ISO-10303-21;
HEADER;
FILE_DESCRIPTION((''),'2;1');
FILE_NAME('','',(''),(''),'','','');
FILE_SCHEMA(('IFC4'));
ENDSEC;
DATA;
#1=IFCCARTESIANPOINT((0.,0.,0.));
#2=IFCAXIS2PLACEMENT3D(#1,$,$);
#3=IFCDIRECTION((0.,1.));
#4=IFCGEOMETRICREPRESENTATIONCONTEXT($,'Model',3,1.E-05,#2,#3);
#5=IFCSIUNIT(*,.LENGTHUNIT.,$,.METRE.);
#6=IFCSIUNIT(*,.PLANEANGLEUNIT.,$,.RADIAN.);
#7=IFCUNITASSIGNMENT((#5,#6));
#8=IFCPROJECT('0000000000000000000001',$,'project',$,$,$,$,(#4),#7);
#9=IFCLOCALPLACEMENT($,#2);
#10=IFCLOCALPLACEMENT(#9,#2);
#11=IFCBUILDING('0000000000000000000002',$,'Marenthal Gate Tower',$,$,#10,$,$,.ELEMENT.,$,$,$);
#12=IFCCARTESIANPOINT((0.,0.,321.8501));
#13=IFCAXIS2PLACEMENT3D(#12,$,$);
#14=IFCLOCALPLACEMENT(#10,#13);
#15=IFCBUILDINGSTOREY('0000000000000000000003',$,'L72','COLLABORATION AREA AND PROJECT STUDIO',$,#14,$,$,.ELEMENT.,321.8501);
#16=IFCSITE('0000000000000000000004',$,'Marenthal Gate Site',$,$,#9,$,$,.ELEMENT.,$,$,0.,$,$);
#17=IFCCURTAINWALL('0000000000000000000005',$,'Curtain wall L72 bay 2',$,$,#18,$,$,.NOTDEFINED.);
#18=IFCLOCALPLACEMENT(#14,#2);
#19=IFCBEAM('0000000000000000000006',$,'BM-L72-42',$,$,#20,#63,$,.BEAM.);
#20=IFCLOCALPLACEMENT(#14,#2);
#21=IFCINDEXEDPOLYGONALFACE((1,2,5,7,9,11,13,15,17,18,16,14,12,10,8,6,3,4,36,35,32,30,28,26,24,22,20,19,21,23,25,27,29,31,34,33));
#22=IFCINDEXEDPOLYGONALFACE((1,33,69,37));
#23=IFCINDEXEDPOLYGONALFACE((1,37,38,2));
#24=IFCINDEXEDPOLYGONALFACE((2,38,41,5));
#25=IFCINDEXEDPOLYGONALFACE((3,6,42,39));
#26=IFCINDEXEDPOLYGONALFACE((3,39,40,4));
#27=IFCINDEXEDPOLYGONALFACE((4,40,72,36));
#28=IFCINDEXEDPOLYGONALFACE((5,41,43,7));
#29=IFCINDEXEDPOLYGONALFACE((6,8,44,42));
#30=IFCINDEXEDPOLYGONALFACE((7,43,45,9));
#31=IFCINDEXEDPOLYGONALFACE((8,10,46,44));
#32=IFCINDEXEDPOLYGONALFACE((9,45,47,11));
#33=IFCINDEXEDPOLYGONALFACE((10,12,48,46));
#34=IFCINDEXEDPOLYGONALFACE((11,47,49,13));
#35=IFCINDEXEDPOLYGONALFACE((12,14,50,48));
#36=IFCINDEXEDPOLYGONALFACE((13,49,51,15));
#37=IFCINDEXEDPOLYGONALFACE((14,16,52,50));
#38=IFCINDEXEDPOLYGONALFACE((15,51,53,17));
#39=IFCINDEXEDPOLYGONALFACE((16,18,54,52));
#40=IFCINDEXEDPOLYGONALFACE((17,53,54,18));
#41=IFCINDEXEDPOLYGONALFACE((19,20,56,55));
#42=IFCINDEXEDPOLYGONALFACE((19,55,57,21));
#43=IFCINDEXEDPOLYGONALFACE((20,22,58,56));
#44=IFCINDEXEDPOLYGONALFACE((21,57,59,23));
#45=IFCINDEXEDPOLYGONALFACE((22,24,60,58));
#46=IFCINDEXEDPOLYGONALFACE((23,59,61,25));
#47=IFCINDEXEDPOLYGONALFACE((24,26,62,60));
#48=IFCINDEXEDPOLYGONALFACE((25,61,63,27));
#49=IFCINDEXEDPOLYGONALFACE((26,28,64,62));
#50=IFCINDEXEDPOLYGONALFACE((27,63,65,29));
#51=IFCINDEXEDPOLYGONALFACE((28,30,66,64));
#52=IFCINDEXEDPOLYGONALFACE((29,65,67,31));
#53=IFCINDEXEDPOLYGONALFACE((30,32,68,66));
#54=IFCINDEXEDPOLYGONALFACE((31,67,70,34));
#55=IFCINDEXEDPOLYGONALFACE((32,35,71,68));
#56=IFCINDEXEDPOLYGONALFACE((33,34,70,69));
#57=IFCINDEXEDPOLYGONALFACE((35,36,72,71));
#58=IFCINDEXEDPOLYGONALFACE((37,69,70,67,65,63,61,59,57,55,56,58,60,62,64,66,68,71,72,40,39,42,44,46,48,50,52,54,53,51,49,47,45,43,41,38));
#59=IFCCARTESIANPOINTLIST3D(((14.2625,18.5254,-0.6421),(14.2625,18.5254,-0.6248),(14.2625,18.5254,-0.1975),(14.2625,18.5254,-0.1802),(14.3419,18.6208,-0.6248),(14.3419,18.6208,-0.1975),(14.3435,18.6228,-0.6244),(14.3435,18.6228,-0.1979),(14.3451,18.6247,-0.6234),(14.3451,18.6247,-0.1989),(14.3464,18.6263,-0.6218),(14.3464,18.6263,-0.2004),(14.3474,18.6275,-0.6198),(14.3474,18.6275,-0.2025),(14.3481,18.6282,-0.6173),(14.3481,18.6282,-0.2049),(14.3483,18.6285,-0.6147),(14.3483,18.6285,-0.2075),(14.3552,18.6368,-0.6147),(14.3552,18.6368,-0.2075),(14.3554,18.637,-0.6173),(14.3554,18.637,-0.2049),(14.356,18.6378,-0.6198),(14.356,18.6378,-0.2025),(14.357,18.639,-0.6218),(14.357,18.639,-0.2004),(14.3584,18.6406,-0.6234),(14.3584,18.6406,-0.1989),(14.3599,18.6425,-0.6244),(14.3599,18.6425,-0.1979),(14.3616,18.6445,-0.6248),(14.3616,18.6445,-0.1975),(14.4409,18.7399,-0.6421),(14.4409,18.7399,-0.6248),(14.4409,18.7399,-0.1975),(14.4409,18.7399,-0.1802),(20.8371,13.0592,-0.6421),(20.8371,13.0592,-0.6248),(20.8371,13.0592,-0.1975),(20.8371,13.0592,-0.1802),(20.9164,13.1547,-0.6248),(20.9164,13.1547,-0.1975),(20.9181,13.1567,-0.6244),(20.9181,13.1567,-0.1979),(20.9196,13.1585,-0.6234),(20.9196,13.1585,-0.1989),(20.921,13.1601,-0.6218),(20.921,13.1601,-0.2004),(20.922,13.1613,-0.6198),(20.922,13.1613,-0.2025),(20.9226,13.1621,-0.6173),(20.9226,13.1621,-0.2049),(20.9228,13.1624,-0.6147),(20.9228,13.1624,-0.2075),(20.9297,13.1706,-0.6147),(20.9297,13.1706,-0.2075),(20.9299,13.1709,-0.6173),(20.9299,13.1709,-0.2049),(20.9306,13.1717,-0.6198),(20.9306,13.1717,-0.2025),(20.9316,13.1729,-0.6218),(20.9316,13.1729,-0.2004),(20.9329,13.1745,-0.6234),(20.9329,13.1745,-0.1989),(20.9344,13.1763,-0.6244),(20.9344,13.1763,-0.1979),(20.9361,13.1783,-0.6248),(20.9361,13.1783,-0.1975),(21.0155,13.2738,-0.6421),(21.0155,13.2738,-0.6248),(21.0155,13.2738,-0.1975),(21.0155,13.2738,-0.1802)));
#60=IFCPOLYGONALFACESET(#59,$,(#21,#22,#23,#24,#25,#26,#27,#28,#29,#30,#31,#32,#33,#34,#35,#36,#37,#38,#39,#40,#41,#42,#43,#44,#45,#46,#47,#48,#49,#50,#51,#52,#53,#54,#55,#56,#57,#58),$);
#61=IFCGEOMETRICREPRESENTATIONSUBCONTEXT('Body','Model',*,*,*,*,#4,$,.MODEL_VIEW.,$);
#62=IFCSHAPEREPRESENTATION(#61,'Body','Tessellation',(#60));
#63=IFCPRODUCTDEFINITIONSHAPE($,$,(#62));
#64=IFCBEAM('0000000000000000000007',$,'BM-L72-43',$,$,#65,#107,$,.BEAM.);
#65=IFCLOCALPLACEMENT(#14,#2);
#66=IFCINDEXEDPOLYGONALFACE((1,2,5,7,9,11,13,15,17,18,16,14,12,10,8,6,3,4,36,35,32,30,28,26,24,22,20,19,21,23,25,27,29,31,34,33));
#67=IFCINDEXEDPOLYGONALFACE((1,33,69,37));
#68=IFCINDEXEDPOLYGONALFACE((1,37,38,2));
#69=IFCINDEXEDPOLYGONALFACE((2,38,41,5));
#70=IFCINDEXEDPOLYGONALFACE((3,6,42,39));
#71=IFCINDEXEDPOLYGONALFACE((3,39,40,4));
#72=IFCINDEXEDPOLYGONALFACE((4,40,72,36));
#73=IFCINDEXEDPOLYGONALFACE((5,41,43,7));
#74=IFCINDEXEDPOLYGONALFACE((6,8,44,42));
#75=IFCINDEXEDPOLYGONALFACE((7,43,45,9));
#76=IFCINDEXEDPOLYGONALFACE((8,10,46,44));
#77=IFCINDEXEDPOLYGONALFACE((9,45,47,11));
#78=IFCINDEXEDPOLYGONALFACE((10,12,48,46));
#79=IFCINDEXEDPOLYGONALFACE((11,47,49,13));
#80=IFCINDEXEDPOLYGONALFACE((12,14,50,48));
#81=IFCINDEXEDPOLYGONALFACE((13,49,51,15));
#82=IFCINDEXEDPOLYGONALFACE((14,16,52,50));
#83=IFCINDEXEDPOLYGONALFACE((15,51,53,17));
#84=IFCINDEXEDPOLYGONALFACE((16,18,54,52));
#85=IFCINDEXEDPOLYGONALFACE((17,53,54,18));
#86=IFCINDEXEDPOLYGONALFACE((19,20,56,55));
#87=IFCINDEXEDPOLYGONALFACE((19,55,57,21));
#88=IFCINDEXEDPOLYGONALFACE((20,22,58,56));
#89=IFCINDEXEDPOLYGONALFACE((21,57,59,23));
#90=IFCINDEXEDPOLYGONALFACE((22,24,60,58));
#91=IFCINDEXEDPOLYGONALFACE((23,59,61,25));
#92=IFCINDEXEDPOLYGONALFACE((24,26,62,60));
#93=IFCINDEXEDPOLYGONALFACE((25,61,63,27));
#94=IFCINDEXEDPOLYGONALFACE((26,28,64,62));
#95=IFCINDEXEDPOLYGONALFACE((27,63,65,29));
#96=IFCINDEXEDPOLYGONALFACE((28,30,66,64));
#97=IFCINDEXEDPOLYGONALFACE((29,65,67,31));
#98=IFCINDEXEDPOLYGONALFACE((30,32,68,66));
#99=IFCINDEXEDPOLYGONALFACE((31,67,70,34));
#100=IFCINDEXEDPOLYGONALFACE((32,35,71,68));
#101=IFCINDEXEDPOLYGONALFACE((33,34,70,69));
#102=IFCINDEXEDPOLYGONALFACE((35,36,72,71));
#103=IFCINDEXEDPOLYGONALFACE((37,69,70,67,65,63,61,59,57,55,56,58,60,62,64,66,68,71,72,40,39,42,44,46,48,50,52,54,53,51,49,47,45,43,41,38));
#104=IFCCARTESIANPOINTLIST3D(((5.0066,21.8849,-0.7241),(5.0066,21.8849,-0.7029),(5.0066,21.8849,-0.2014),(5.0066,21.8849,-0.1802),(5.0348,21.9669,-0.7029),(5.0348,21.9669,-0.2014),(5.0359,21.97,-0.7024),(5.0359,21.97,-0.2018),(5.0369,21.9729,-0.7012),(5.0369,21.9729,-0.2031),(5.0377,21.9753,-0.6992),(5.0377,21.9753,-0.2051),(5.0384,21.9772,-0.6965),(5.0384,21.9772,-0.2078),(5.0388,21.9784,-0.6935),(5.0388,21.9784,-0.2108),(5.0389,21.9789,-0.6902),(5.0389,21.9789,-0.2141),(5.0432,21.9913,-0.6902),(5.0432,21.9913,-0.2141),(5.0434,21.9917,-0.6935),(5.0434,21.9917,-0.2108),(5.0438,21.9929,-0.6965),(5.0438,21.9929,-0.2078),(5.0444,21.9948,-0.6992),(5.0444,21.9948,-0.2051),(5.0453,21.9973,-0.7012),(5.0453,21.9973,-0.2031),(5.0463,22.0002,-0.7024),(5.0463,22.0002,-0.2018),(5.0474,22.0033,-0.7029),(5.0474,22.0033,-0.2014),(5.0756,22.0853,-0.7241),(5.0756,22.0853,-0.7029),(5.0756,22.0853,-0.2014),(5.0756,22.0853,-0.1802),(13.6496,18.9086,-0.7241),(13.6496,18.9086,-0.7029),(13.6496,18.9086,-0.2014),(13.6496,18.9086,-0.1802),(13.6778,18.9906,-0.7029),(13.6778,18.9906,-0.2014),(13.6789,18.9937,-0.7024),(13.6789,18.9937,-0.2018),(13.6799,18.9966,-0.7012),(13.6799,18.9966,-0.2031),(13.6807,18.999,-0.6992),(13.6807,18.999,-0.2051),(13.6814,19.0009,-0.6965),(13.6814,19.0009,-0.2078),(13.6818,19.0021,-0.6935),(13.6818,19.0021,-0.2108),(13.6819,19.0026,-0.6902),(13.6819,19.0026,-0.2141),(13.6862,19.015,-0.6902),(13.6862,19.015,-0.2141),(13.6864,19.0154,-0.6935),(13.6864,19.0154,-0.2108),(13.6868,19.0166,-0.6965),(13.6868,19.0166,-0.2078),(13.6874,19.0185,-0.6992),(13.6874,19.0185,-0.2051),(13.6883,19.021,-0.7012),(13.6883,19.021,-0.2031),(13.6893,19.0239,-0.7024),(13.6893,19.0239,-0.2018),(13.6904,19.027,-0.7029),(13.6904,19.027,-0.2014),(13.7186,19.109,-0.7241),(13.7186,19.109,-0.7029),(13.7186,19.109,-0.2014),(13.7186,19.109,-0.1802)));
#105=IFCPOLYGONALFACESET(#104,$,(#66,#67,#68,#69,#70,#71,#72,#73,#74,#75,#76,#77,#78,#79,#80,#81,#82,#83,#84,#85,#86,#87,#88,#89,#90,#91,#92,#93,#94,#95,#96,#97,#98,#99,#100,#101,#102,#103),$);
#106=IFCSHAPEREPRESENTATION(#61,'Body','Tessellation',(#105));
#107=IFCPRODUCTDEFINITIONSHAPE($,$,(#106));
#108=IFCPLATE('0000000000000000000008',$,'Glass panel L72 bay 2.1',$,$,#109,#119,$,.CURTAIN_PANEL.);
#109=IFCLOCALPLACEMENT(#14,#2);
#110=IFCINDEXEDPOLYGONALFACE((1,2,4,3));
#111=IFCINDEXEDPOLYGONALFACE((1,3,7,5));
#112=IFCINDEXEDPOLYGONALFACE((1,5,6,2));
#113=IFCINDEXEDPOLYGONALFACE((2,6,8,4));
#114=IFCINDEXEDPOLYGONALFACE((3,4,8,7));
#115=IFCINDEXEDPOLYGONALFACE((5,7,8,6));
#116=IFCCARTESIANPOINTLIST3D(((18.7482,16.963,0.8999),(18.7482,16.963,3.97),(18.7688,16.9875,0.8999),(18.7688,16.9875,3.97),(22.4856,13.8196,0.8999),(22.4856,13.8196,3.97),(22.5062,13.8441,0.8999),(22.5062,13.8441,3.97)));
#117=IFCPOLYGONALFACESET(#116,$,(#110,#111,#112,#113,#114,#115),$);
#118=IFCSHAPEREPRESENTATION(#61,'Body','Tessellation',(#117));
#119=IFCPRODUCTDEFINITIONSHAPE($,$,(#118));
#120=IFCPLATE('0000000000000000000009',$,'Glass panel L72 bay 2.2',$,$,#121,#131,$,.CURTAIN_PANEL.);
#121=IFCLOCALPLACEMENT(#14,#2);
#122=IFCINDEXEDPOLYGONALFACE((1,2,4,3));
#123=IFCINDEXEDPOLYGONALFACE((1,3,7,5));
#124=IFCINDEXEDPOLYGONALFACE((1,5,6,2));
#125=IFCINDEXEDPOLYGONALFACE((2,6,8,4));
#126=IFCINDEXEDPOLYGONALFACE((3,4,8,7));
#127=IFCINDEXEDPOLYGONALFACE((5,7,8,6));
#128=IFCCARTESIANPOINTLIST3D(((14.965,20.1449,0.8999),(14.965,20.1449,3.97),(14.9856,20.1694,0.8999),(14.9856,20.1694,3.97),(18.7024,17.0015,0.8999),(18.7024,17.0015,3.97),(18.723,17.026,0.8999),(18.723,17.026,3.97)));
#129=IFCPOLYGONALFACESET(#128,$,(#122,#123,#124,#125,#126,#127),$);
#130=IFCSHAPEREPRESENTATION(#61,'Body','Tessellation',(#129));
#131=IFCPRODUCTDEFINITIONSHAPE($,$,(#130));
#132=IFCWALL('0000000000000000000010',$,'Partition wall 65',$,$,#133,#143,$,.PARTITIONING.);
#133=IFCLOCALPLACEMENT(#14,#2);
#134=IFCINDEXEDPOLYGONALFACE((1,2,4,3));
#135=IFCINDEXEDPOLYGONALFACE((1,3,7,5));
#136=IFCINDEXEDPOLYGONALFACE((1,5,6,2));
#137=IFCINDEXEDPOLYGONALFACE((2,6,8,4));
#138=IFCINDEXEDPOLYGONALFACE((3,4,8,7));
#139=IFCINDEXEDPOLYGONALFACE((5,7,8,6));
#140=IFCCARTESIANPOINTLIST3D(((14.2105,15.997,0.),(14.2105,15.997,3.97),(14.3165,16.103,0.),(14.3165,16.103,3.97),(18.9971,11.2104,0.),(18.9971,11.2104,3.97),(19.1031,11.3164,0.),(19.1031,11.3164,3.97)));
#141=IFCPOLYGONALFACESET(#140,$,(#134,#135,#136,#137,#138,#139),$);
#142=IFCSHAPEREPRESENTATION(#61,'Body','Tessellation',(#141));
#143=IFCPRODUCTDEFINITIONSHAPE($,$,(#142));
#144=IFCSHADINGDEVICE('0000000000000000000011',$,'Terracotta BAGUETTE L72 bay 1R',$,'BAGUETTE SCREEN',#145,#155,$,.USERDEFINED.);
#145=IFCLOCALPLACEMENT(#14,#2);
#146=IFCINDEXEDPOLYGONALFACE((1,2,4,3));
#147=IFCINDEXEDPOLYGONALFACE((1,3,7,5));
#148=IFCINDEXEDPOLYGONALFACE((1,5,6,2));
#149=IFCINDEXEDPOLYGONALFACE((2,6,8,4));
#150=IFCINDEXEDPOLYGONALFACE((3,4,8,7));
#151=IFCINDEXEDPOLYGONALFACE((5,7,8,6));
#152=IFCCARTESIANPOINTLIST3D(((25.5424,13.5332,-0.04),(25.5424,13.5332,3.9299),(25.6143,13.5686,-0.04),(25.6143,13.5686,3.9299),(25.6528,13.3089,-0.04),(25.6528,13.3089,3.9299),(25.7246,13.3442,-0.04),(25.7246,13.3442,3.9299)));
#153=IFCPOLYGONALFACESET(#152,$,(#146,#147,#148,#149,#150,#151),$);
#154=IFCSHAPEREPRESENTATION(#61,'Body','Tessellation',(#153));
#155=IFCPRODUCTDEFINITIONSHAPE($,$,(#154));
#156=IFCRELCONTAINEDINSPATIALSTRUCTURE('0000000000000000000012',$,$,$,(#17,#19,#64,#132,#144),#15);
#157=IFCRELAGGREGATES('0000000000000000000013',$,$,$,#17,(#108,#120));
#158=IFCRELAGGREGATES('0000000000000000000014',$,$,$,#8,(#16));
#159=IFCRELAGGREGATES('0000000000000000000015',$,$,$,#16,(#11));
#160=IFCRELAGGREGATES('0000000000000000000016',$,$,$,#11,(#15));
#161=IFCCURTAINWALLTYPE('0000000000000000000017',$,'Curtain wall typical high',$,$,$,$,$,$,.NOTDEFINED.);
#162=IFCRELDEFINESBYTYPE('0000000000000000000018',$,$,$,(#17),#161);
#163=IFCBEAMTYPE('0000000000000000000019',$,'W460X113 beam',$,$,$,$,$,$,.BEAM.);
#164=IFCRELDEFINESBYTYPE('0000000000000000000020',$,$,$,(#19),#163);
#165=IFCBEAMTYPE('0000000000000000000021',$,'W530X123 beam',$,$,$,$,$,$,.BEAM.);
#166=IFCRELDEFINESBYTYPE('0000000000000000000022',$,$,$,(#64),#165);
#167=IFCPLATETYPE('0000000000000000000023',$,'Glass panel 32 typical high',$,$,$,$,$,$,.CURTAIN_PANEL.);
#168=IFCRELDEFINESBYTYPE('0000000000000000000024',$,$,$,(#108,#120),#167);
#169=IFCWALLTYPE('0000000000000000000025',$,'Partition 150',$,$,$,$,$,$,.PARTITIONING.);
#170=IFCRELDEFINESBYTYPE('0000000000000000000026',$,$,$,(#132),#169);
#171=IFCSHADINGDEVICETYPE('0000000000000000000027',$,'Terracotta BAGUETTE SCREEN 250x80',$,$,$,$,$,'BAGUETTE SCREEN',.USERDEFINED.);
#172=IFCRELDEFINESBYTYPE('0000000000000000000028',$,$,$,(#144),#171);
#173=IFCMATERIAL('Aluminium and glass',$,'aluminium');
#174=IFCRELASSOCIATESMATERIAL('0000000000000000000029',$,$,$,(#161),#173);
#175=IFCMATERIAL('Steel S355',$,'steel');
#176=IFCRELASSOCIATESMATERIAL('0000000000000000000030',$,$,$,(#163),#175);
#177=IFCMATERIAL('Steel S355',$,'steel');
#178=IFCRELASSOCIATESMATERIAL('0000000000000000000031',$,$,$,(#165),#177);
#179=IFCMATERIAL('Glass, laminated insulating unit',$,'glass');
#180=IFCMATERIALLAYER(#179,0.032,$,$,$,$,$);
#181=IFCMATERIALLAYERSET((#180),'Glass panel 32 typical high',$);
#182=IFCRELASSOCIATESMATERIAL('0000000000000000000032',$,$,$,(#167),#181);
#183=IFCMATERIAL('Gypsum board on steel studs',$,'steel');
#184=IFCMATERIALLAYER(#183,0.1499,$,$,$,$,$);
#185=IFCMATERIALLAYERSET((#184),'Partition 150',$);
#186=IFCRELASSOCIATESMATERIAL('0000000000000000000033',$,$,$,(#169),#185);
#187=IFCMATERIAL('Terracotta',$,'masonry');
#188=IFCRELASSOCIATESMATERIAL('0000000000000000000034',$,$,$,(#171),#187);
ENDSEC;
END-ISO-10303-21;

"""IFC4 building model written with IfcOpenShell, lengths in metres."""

from ifc_helpers import new_model, si_unit, direction, frame, frame_2d, origin, origin_2d, place, context, subcontext, project, spatial, rectangle, i_section, extrude, material, layer, layer_set, material_profile, profile_set, type_object, element, aggregate, save


model = new_model("IFC4")

# Units and contexts
model_context = context("Model", 3, precision=1e-05, world=origin(), true_north=direction((0.0, 1.0)))
body_context = subcontext(model_context, "Body", "Model", "MODEL_VIEW")
ifc_project = project(units=[si_unit("LENGTHUNIT", "METRE"), si_unit("PLANEANGLEUNIT", "RADIAN")], contexts=[model_context])

# Site, building, storey
site_placement = place(None, origin())
site = spatial("IfcSite", under=ifc_project, at=site_placement, Name="Marenthal Gate Site", CompositionType="ELEMENT", RefElevation=0.0)
building_placement = place(site_placement, origin())
building = spatial("IfcBuilding", under=site, at=building_placement, Name="Marenthal Gate Tower", CompositionType="ELEMENT")
storey_placement = place(building_placement, frame((0.0, 0.0, 321.8501)))
storey = spatial("IfcBuildingStorey", under=building, at=storey_placement, Name="L72", Description="COLLABORATION AREA AND PROJECT STUDIO", CompositionType="ELEMENT", Elevation=321.8501)

# Curtain wall
ifc_material_1 = material(Name="Aluminium and glass", Category="aluminium")
curtain_wall_type = type_object("IfcCurtainWallType", Name="Curtain wall typical high", PredefinedType="NOTDEFINED", material=ifc_material_1)
curtain_wall_placement = place(storey_placement, origin())
curtain_wall = element("IfcCurtainWall", 1, at=curtain_wall_placement, inside=storey, type_object=curtain_wall_type, Name="Curtain wall L72 bay 2", PredefinedType="NOTDEFINED")

# Beams
ifc_material_2 = material(Name="Steel S355", Category="steel")
ifc_material_profile_1 = material_profile(ifc_material_2, i_section(OverallWidth=0.2791, OverallDepth=0.4619, WebThickness=0.0107, FlangeThickness=0.0173, FilletRadius=0.01, at=origin_2d()), Name="W460X113")
ifc_profile_set_1 = profile_set([ifc_material_profile_1], Name="Steel S355")
beam_type_1 = type_object("IfcBeamType", Name="W460X113 beam", PredefinedType="BEAM", material=ifc_profile_set_1)
beam_1_placement = place(storey_placement, frame((20.9263, 13.1665, -0.4111), z_axis=(-0.768949, 0.63931, 0.0), x_axis=(-0.63931, -0.768949, 0.0)))
element("IfcBeam", 2, at=beam_1_placement, inside=storey, type_object=beam_type_1, Name="BM-L72-42", PredefinedType="BEAM", context=body_context, shape_type="SweptSolid", body=[
    extrude(i_section(OverallWidth=0.2791, OverallDepth=0.4619, WebThickness=0.0107, FlangeThickness=0.0173, FilletRadius=0.01, at=origin_2d()), origin(), (0.0, 0.0, 1.0), 8.55),
])
ifc_material_3 = material(Name="Steel S355", Category="steel")
ifc_material_profile_2 = material_profile(ifc_material_3, i_section(OverallWidth=0.2119, OverallDepth=0.5439, WebThickness=0.0132, FlangeThickness=0.0212, FilletRadius=0.0127, at=origin_2d()), Name="W530X123")
ifc_profile_set_2 = profile_set([ifc_material_profile_2], Name="Steel S355")
beam_type_2 = type_object("IfcBeamType", Name="W530X123 beam", PredefinedType="BEAM", material=ifc_profile_set_2)
beam_2_placement = place(storey_placement, frame((13.6841, 19.0088, -0.4521), z_axis=(-0.945509, 0.325595, 0.0), x_axis=(-0.325595, -0.945509, 0.0)))
element("IfcBeam", 3, at=beam_2_placement, inside=storey, type_object=beam_type_2, Name="BM-L72-43", PredefinedType="BEAM", context=body_context, shape_type="SweptSolid", body=[
    extrude(i_section(OverallWidth=0.2119, OverallDepth=0.5439, WebThickness=0.0132, FlangeThickness=0.0212, FilletRadius=0.0127, at=origin_2d()), origin(), (0.0, 0.0, 1.0), 9.1411),
])

# Plates
ifc_material_4 = material(Name="Glass, laminated insulating unit", Category="glass")
ifc_layer_1 = layer(ifc_material_4, 0.032)
ifc_layer_set_1 = layer_set([ifc_layer_1], Name="Glass panel 32 typical high")
plate_type = type_object("IfcPlateType", Name="Glass panel 32 typical high", PredefinedType="CURTAIN_PANEL", material=ifc_layer_set_1)
plate_1_placement = place(storey_placement, frame((20.6272, 15.4036, 0.8999), z_axis=(0.0, 0.0, 1.0), x_axis=(-0.765298, 0.643676, 0.0)))
plate_1 = element("IfcPlate", 4, at=plate_1_placement, type_object=plate_type, Name="Glass panel L72 bay 2.1", PredefinedType="CURTAIN_PANEL", context=body_context, shape_type="SweptSolid", body=[
    extrude(rectangle(XDim=4.8835, YDim=0.032, at=origin_2d()), origin(), (0.0, 0.0, 1.0), 3.0701),
])
plate_2_placement = place(storey_placement, frame((16.844, 18.5854, 0.8999), z_axis=(0.0, 0.0, 1.0), x_axis=(-0.765298, 0.643676, 0.0)))
plate_2 = element("IfcPlate", 5, at=plate_2_placement, type_object=plate_type, Name="Glass panel L72 bay 2.2", PredefinedType="CURTAIN_PANEL", context=body_context, shape_type="SweptSolid", body=[
    extrude(rectangle(XDim=4.8835, YDim=0.032, at=origin_2d()), origin(), (0.0, 0.0, 1.0), 3.0701),
])
aggregate(curtain_wall, [plate_1, plate_2])

# Wall
ifc_material_5 = material(Name="Gypsum board on steel studs", Category="steel")
ifc_layer_2 = layer(ifc_material_5, 0.1499)
ifc_layer_set_2 = layer_set([ifc_layer_2], Name="Partition 150")
wall_type_1 = type_object("IfcWallType", Name="Partition 150", PredefinedType="PARTITIONING", material=ifc_layer_set_2)
wall_1_placement = place(storey_placement, frame((14.2634, 16.05, 0.0), z_axis=(0.0, 0.0, 1.0), x_axis=(0.707107, -0.707107, 0.0)))
element("IfcWall", 6, at=wall_1_placement, inside=storey, type_object=wall_type_1, Name="Partition wall 65", PredefinedType="PARTITIONING", context=body_context, shape_type="SweptSolid", body=[
    extrude(rectangle(XDim=6.7693, YDim=0.1499, at=frame_2d((3.3848, 0.0))), origin(), (0.0, 0.0, 1.0), 3.97),
])

# Shading device
ifc_material_6 = material(Name="Terracotta", Category="masonry")
ifc_material_profile_3 = material_profile(ifc_material_6, rectangle(XDim=0.25, YDim=0.0801, at=origin_2d()), Name="Terracotta baguette 250x80")
ifc_profile_set_3 = profile_set([ifc_material_profile_3], Name="Terracotta")
shading_device_type = type_object("IfcShadingDeviceType", Name="Terracotta BAGUETTE SCREEN 250x80", ElementType="BAGUETTE SCREEN", PredefinedType="USERDEFINED", material=ifc_profile_set_3)
shading_device_placement = place(storey_placement, frame((25.6335, 13.4387, -0.04), z_axis=(0.0, 0.0, 1.0), x_axis=(-0.441395, 0.897313, 0.0)))
element("IfcShadingDevice", 7, at=shading_device_placement, inside=storey, type_object=shading_device_type, Name="Terracotta BAGUETTE L72 bay 1R", ObjectType="BAGUETTE SCREEN", PredefinedType="USERDEFINED", context=body_context, shape_type="SweptSolid", body=[
    extrude(rectangle(XDim=0.25, YDim=0.0801, at=origin_2d()), origin(), (0.0, 0.0, 1.0), 3.97),
])

save(model, "model.ifc")
